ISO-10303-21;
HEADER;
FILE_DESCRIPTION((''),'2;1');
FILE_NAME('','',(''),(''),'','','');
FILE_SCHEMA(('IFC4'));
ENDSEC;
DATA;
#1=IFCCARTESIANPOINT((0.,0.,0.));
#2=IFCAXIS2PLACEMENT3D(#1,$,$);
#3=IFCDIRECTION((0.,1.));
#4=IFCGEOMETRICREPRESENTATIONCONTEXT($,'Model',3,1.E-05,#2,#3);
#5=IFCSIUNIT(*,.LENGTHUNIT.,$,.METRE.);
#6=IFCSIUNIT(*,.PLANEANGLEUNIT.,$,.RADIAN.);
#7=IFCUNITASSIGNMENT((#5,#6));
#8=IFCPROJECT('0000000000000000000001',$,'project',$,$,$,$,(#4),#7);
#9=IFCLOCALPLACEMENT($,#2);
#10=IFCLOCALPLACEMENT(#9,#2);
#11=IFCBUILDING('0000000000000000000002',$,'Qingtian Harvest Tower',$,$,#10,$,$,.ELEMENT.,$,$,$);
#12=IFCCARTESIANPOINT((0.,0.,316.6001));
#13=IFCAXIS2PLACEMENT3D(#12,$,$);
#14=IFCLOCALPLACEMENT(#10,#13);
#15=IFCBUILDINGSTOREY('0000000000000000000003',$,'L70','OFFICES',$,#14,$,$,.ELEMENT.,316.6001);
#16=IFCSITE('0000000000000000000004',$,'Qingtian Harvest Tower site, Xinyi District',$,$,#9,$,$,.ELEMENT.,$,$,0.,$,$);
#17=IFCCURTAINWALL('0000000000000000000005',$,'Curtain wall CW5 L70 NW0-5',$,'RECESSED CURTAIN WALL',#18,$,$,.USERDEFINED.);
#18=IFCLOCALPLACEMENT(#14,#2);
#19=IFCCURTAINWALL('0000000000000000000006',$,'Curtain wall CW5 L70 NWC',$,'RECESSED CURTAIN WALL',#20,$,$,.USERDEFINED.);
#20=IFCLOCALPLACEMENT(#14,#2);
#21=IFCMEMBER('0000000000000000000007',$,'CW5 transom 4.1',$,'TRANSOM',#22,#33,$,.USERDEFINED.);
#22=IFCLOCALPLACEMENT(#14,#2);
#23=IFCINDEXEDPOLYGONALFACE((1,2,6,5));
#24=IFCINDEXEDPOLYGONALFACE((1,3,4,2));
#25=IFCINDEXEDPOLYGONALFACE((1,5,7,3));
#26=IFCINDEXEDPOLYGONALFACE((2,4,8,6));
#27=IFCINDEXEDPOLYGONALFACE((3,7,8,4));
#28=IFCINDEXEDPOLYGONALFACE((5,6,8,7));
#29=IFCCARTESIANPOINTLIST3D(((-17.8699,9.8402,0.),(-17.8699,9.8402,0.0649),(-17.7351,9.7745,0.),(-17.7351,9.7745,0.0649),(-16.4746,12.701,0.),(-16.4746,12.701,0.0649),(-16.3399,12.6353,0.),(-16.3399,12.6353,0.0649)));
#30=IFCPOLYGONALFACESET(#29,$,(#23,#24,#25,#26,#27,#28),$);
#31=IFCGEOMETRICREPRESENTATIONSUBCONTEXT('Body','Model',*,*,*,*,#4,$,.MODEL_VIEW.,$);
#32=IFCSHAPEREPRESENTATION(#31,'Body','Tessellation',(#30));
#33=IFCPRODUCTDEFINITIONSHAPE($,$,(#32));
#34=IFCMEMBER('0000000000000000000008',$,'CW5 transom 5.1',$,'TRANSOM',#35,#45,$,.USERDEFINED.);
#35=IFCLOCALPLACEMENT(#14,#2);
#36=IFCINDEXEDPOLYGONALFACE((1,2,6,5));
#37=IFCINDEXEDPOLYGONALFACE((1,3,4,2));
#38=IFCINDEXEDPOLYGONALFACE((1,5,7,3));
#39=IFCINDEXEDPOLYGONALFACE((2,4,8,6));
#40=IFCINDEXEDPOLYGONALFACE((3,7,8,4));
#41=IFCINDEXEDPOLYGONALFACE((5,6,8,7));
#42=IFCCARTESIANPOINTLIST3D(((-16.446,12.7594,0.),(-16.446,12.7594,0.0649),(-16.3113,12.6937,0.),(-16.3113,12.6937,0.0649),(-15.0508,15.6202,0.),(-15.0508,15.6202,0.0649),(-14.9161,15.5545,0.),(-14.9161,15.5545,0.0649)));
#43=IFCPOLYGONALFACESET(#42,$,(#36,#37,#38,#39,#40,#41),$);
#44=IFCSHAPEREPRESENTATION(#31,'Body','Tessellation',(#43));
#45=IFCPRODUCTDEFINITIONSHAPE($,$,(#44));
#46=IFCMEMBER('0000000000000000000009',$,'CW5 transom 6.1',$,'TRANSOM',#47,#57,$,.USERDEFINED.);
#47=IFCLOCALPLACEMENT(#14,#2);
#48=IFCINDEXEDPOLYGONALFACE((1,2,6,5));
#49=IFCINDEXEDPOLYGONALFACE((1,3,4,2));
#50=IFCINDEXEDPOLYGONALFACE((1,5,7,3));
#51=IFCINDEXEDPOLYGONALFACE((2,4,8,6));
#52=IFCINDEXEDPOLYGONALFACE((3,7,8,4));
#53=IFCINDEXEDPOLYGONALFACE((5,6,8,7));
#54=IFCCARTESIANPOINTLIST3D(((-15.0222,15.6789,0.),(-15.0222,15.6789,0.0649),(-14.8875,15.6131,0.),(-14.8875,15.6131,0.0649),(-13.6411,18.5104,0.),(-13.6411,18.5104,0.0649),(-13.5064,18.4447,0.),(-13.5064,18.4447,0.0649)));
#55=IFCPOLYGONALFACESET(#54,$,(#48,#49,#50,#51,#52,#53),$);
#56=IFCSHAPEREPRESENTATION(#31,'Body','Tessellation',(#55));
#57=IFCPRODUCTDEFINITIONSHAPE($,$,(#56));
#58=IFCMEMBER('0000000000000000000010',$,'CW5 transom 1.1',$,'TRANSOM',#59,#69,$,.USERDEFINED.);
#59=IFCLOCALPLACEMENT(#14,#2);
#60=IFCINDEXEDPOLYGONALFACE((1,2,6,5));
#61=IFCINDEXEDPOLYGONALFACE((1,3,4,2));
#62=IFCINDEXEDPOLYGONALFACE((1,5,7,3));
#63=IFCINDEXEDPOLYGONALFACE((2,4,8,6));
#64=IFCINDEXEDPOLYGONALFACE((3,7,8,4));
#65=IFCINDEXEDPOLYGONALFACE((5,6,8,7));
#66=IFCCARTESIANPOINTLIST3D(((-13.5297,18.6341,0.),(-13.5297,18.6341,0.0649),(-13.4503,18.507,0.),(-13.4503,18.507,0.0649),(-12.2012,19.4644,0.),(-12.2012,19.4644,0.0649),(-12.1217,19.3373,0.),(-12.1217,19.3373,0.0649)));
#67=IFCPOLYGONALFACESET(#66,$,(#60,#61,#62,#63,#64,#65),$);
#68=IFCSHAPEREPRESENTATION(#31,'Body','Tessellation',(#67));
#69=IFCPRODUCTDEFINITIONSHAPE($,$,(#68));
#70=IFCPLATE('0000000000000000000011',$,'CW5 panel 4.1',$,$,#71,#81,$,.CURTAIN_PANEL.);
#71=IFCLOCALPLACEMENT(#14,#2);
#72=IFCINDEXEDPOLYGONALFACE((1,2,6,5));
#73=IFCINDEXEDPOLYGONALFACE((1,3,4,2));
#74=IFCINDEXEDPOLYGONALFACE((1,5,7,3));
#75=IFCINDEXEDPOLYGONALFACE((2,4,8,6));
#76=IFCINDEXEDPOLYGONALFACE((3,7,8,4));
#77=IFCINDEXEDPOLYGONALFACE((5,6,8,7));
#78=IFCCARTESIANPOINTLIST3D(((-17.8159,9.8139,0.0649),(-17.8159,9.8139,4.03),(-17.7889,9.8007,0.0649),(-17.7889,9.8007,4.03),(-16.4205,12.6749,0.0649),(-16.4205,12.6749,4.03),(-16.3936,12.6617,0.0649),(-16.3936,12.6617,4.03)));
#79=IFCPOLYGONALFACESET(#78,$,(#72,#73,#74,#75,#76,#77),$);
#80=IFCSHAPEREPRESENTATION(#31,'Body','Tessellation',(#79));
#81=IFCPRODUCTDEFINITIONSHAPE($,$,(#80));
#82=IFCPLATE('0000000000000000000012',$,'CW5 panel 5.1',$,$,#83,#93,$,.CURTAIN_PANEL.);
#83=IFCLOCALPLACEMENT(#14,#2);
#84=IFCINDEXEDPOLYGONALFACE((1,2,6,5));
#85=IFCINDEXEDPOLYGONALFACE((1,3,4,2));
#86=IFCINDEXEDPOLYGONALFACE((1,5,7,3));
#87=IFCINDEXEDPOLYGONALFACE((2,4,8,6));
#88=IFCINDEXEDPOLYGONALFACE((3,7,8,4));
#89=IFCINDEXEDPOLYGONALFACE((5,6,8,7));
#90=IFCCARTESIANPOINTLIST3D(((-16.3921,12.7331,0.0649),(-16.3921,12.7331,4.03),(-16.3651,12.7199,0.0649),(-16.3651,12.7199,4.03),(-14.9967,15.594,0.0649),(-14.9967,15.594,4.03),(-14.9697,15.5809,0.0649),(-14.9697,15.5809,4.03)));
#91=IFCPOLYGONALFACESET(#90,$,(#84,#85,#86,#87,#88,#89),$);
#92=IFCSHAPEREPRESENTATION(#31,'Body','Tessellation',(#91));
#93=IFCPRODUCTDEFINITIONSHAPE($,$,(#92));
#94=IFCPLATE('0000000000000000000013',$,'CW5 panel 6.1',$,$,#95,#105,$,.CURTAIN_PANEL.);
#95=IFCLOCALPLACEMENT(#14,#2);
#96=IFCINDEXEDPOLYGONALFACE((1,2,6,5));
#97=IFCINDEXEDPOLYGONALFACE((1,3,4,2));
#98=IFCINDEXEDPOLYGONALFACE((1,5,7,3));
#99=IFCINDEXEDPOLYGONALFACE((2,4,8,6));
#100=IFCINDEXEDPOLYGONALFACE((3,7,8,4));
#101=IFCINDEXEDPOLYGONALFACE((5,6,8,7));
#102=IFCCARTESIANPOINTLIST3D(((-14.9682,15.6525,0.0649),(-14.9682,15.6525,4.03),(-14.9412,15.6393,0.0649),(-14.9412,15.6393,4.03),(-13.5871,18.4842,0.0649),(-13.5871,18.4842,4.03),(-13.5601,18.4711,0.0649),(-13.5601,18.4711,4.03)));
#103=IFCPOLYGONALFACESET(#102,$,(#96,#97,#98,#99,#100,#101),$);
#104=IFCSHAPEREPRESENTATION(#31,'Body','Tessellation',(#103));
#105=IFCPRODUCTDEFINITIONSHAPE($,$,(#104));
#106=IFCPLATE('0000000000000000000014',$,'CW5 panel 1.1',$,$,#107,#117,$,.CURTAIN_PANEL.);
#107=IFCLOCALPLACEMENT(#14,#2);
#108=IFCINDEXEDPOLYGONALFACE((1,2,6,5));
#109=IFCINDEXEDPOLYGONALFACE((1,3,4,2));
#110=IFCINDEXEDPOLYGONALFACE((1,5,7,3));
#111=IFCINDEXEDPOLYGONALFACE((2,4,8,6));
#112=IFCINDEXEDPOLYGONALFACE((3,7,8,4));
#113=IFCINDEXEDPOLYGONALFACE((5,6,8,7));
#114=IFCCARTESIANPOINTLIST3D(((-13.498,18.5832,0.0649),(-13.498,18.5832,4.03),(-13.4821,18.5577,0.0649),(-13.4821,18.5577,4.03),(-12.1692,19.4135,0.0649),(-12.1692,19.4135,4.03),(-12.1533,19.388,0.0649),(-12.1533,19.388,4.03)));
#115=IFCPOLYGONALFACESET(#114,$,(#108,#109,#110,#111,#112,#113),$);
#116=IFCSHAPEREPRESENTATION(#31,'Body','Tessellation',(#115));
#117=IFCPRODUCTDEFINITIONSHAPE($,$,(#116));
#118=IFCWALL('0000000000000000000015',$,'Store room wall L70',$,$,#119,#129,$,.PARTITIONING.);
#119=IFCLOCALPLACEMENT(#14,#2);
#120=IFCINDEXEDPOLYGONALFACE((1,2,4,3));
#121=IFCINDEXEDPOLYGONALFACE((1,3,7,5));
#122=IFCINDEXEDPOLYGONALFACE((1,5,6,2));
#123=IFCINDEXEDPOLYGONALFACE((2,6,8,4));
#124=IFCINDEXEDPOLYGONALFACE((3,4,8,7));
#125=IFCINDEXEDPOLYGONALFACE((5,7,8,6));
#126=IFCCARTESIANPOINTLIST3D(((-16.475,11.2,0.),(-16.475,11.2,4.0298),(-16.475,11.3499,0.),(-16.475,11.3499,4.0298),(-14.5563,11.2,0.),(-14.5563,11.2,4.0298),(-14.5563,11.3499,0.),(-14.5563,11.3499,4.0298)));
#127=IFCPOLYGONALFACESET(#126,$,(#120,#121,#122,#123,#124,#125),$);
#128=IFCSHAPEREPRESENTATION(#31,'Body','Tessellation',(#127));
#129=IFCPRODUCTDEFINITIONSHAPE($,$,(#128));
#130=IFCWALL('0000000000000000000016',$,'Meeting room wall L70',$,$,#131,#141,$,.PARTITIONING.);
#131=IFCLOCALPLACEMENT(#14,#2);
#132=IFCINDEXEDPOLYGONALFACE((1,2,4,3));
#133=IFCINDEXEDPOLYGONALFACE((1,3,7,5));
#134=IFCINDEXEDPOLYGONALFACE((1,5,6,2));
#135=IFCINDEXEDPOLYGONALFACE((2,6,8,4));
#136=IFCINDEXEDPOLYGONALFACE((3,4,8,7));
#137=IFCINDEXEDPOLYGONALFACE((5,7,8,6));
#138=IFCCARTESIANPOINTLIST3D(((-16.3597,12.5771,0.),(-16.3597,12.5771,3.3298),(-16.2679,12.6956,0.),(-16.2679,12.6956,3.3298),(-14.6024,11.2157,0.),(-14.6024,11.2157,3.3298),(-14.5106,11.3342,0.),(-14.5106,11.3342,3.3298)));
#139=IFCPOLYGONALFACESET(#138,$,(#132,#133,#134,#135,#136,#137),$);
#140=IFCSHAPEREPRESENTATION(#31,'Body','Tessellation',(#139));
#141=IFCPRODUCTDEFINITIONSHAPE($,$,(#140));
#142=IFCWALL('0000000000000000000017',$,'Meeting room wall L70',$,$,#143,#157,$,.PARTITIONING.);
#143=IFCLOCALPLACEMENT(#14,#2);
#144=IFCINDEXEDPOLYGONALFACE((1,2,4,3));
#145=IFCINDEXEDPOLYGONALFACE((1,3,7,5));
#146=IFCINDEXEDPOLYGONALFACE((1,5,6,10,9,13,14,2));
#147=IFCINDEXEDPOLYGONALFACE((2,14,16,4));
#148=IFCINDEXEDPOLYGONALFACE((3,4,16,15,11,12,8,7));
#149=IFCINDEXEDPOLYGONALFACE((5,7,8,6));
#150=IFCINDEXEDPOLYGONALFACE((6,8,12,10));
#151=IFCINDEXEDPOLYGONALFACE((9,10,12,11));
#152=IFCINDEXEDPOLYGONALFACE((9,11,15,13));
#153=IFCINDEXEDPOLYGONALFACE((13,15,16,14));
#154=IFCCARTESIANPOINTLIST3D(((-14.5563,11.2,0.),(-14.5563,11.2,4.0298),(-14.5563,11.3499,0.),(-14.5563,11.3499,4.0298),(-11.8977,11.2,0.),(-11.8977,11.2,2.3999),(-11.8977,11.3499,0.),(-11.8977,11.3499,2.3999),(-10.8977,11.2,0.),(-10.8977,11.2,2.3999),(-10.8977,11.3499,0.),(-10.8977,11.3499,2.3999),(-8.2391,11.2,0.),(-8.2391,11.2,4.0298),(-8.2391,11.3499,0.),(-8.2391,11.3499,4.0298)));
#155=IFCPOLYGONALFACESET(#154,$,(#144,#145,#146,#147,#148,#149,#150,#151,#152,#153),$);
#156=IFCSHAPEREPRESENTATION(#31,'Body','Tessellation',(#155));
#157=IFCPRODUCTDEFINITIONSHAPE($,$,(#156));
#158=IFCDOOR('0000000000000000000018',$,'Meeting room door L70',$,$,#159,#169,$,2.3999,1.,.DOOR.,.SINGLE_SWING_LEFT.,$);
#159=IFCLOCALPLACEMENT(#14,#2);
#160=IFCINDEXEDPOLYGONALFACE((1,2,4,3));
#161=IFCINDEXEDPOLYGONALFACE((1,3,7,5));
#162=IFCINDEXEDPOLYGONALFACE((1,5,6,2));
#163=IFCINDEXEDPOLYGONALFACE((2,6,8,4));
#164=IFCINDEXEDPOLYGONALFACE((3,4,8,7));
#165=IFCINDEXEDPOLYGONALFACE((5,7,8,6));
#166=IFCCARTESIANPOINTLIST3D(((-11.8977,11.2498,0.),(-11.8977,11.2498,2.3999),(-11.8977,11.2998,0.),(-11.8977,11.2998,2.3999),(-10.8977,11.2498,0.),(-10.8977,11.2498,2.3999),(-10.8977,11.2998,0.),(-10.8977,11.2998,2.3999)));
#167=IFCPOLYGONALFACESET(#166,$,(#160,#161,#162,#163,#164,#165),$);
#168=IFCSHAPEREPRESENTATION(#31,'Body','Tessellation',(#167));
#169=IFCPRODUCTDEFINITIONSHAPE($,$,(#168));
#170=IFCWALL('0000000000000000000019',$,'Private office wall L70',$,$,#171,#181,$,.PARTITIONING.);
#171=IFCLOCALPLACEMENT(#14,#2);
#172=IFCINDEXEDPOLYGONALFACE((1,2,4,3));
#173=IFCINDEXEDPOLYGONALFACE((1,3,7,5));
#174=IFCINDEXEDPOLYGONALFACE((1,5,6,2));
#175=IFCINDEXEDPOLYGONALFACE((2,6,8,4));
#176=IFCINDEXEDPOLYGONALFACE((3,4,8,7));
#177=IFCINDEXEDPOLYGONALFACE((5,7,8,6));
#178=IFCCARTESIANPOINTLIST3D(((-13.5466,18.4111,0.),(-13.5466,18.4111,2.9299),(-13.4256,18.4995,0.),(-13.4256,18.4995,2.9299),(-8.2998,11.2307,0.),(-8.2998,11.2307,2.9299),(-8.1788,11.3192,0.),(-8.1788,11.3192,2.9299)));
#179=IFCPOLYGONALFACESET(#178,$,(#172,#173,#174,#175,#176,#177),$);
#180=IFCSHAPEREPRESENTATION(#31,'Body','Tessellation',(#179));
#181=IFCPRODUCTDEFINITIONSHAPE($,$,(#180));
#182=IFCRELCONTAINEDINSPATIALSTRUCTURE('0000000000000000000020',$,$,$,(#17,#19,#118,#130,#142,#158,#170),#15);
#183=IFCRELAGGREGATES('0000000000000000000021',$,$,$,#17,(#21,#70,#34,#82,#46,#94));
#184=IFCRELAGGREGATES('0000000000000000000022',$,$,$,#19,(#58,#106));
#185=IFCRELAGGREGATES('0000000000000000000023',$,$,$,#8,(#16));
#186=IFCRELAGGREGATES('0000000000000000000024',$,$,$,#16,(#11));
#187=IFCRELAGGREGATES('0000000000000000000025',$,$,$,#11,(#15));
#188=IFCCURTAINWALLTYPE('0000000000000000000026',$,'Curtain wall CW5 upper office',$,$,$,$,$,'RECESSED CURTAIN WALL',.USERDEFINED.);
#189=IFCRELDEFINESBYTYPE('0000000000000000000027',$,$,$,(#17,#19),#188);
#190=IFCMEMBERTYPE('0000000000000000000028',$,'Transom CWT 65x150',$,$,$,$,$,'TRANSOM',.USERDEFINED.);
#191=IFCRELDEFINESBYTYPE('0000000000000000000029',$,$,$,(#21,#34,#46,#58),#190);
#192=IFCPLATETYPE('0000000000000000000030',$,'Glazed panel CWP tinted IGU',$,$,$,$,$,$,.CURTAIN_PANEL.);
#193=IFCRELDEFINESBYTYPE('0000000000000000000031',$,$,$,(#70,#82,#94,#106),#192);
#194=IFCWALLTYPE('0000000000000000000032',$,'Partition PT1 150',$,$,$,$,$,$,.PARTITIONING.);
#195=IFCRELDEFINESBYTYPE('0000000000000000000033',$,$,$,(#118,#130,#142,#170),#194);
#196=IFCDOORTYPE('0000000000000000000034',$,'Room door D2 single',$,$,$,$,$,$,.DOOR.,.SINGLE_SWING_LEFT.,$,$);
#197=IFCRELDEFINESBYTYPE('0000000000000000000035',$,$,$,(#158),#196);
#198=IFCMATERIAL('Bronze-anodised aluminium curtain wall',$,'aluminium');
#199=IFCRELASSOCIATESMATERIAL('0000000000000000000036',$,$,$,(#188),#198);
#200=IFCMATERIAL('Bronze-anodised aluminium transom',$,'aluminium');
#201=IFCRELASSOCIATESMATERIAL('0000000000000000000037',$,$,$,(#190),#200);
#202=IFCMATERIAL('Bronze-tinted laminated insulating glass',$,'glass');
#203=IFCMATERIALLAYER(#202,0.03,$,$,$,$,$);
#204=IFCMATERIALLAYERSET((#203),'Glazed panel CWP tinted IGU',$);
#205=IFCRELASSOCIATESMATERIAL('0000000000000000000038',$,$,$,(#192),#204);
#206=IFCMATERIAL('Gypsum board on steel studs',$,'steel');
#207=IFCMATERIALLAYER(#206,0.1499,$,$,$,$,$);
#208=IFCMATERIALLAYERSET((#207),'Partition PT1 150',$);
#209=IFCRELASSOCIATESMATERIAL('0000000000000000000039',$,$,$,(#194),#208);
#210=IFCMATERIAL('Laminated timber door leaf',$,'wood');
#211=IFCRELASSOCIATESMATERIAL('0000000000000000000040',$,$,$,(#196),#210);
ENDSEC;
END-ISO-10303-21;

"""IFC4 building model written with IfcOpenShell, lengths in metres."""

from ifc_helpers import new_model, si_unit, direction, frame, frame_2d, origin, origin_2d, place, context, subcontext, project, spatial, rectangle, extrude, material, layer, layer_set, material_profile, profile_set, type_object, element, fill, aggregate, save


model = new_model("IFC4")

# Units and contexts
model_context = context("Model", 3, precision=1e-05, world=origin(), true_north=direction((0.0, 1.0)))
body_context = subcontext(model_context, "Body", "Model", "MODEL_VIEW")
ifc_project = project(units=[si_unit("LENGTHUNIT", "METRE"), si_unit("PLANEANGLEUNIT", "RADIAN")], contexts=[model_context])

# Site, building, storey
site_placement = place(None, origin())
site = spatial("IfcSite", under=ifc_project, at=site_placement, Name="Qingtian Harvest Tower site, Xinyi District", CompositionType="ELEMENT", RefElevation=0.0)
building_placement = place(site_placement, origin())
building = spatial("IfcBuilding", under=site, at=building_placement, Name="Qingtian Harvest Tower", CompositionType="ELEMENT")
storey_placement = place(building_placement, frame((0.0, 0.0, 316.6001)))
storey = spatial("IfcBuildingStorey", under=building, at=storey_placement, Name="L70", Description="OFFICES", CompositionType="ELEMENT", Elevation=316.6001)

# Curtain wall
ifc_material_1 = material(Name="Bronze-anodised aluminium curtain wall", Category="aluminium")
curtain_wall_type = type_object("IfcCurtainWallType", Name="Curtain wall CW5 upper office", ElementType="RECESSED CURTAIN WALL", PredefinedType="USERDEFINED", material=ifc_material_1)
curtain_wall_1_placement = place(storey_placement, origin())
curtain_wall_1 = element("IfcCurtainWall", 1, at=curtain_wall_1_placement, inside=storey, type_object=curtain_wall_type, Name="Curtain wall CW5 L70 NW0-5", ObjectType="RECESSED CURTAIN WALL", PredefinedType="USERDEFINED")

# Curtain wall
curtain_wall_2_placement = place(storey_placement, origin())
curtain_wall_2 = element("IfcCurtainWall", 2, at=curtain_wall_2_placement, inside=storey, type_object=curtain_wall_type, Name="Curtain wall CW5 L70 NWC", ObjectType="RECESSED CURTAIN WALL", PredefinedType="USERDEFINED")

# Members
ifc_material_2 = material(Name="Bronze-anodised aluminium transom", Category="aluminium")
ifc_material_profile_1 = material_profile(ifc_material_2, rectangle(XDim=0.1499, YDim=0.0649, at=origin_2d()), Name="AL 65x150")
ifc_profile_set_1 = profile_set([ifc_material_profile_1], Name="Bronze-anodised aluminium transom")
member_type_1 = type_object("IfcMemberType", Name="Transom CWT 65x150", ElementType="TRANSOM", PredefinedType="USERDEFINED", material=ifc_profile_set_1)
member_1_placement = place(storey_placement, frame((-17.8025, 9.8074, 0.0325), z_axis=(0.438356, 0.898802, 0.0), x_axis=(-0.898802, 0.438356, 0.0)))
member_1 = element("IfcMember", 3, at=member_1_placement, type_object=member_type_1, Name="CW5 transom 4.1", ObjectType="TRANSOM", PredefinedType="USERDEFINED", context=body_context, shape_type="SweptSolid", body=[
    extrude(rectangle(XDim=0.1499, YDim=0.0649, at=origin_2d()), origin(), (0.0, 0.0, 1.0), 3.1829),
])
member_2_placement = place(storey_placement, frame((-16.3787, 12.7266, 0.0325), z_axis=(0.438356, 0.898802, 0.0), x_axis=(-0.898802, 0.438356, 0.0)))
member_2 = element("IfcMember", 4, at=member_2_placement, type_object=member_type_1, Name="CW5 transom 5.1", ObjectType="TRANSOM", PredefinedType="USERDEFINED", context=body_context, shape_type="SweptSolid", body=[
    extrude(rectangle(XDim=0.1499, YDim=0.0649, at=origin_2d()), origin(), (0.0, 0.0, 1.0), 3.1829),
])
member_3_placement = place(storey_placement, frame((-14.9548, 15.646, 0.0325), z_axis=(0.438389, 0.898786, 0.0), x_axis=(-0.898786, 0.438389, 0.0)))
member_3 = element("IfcMember", 5, at=member_3_placement, type_object=member_type_1, Name="CW5 transom 6.1", ObjectType="TRANSOM", PredefinedType="USERDEFINED", context=body_context, shape_type="SweptSolid", body=[
    extrude(rectangle(XDim=0.1499, YDim=0.0649, at=origin_2d()), origin(), (0.0, 0.0, 1.0), 3.1504),
])
member_4_placement = place(storey_placement, frame((-13.49, 18.5706, 0.0325), z_axis=(0.848016, 0.529971, 0.0), x_axis=(-0.529971, 0.848016, 0.0)))
member_4 = element("IfcMember", 6, at=member_4_placement, type_object=member_type_1, Name="CW5 transom 1.1", ObjectType="TRANSOM", PredefinedType="USERDEFINED", context=body_context, shape_type="SweptSolid", body=[
    extrude(rectangle(XDim=0.1499, YDim=0.0649, at=origin_2d()), origin(), (0.0, 0.0, 1.0), 1.5667),
])

# Plates
ifc_material_3 = material(Name="Bronze-tinted laminated insulating glass", Category="glass")
ifc_layer_1 = layer(ifc_material_3, 0.03)
ifc_layer_set_1 = layer_set([ifc_layer_1], Name="Glazed panel CWP tinted IGU")
plate_type = type_object("IfcPlateType", Name="Glazed panel CWP tinted IGU", PredefinedType="CURTAIN_PANEL", material=ifc_layer_set_1)
plate_1_placement = place(storey_placement, frame((-17.1047, 11.2378, 0.0649), z_axis=(0.0, 0.0, 1.0), x_axis=(0.438371, 0.898794, 0.0)))
plate_1 = element("IfcPlate", 7, at=plate_1_placement, type_object=plate_type, Name="CW5 panel 4.1", PredefinedType="CURTAIN_PANEL", context=body_context, shape_type="SweptSolid", body=[
    extrude(rectangle(XDim=3.1831, YDim=0.03, at=origin_2d()), origin(), (0.0, 0.0, 1.0), 3.9651),
])
plate_2_placement = place(storey_placement, frame((-15.6809, 14.157, 0.0649), z_axis=(0.0, 0.0, 1.0), x_axis=(0.438371, 0.898794, 0.0)))
plate_2 = element("IfcPlate", 8, at=plate_2_placement, type_object=plate_type, Name="CW5 panel 5.1", PredefinedType="CURTAIN_PANEL", context=body_context, shape_type="SweptSolid", body=[
    extrude(rectangle(XDim=3.1831, YDim=0.03, at=origin_2d()), origin(), (0.0, 0.0, 1.0), 3.9651),
])
plate_3_placement = place(storey_placement, frame((-14.2642, 17.0618, 0.0649), z_axis=(0.0, 0.0, 1.0), x_axis=(0.438371, 0.898794, 0.0)))
plate_3 = element("IfcPlate", 9, at=plate_3_placement, type_object=plate_type, Name="CW5 panel 6.1", PredefinedType="CURTAIN_PANEL", context=body_context, shape_type="SweptSolid", body=[
    extrude(rectangle(XDim=3.1506, YDim=0.03, at=origin_2d()), origin(), (0.0, 0.0, 1.0), 3.9651),
])
aggregate(curtain_wall_1, [member_1, plate_1, member_2, plate_2, member_3, plate_3])
plate_4_placement = place(storey_placement, frame((-12.8257, 18.9856, 0.0649), z_axis=(0.0, 0.0, 1.0), x_axis=(0.848048, 0.529919, 0.0)))
plate_4 = element("IfcPlate", 10, at=plate_4_placement, type_object=plate_type, Name="CW5 panel 1.1", PredefinedType="CURTAIN_PANEL", context=body_context, shape_type="SweptSolid", body=[
    extrude(rectangle(XDim=1.5669, YDim=0.03, at=origin_2d()), origin(), (0.0, 0.0, 1.0), 3.9651),
])
aggregate(curtain_wall_2, [member_4, plate_4])

# Walls
ifc_material_4 = material(Name="Gypsum board on steel studs", Category="steel")
ifc_layer_2 = layer(ifc_material_4, 0.1499)
ifc_layer_set_2 = layer_set([ifc_layer_2], Name="Partition PT1 150")
wall_type = type_object("IfcWallType", Name="Partition PT1 150", PredefinedType="PARTITIONING", material=ifc_layer_set_2)
wall_1_placement = place(storey_placement, frame((-16.4751, 11.2749, 0.0), z_axis=(0.0, 0.0, 1.0), x_axis=(1.0, 0.0, 0.0)))
element("IfcWall", 11, at=wall_1_placement, inside=storey, type_object=wall_type, Name="Store room wall L70", PredefinedType="PARTITIONING", context=body_context, shape_type="SweptSolid", body=[
    extrude(rectangle(XDim=1.9187, YDim=0.1499, at=frame_2d((0.9595, 0.0))), origin(), (0.0, 0.0, 1.0), 4.0298),
])
wall_2_placement = place(storey_placement, frame((-16.3137, 12.6362, 0.0), z_axis=(0.0, 0.0, 1.0), x_axis=(0.790545, -0.612404, 0.0)))
element("IfcWall", 12, at=wall_2_placement, inside=storey, type_object=wall_type, Name="Meeting room wall L70", PredefinedType="PARTITIONING", context=body_context, shape_type="SweptSolid", body=[
    extrude(rectangle(XDim=2.2229, YDim=0.1499, at=frame_2d((1.1113, 0.0))), origin(), (0.0, 0.0, 1.0), 3.3298),
])

# Wall, opening, door
wall_3_placement = place(storey_placement, frame((-14.5564, 11.2749, 0.0), z_axis=(0.0, 0.0, 1.0), x_axis=(1.0, 0.0, 0.0)))
wall_3 = element("IfcWall", 13, at=wall_3_placement, inside=storey, type_object=wall_type, Name="Meeting room wall L70", PredefinedType="PARTITIONING", context=body_context, shape_type="SweptSolid", body=[
    extrude(rectangle(XDim=6.3171, YDim=0.1499, at=frame_2d((3.1587, 0.0))), origin(), (0.0, 0.0, 1.0), 4.0298),
])
opening_placement = place(wall_3_placement, frame((2.6587, 0.0, 0.0)))
opening = element("IfcOpeningElement", 14, at=opening_placement, cuts=wall_3, PredefinedType="OPENING", context=body_context, shape_type="SweptSolid", body=[
    extrude(rectangle(XDim=1.0, YDim=2.3999, at=frame_2d((0.5, 1.2))), frame((0.0, 0.085, 0.0), z_axis=(0.0, -1.0, 0.0), x_axis=(1.0, 0.0, 0.0)), (0.0, 0.0, 1.0), 0.1699),
])
ifc_material_5 = material(Name="Laminated timber door leaf", Category="wood")
door_type = type_object("IfcDoorType", Name="Room door D2 single", OperationType="SINGLE_SWING_LEFT", PredefinedType="DOOR", material=ifc_material_5)
door_placement = place(opening_placement, origin())
door = element("IfcDoor", 15, at=door_placement, inside=storey, type_object=door_type, Name="Meeting room door L70", OperationType="SINGLE_SWING_LEFT", OverallHeight=2.3999, OverallWidth=1.0, PredefinedType="DOOR", context=body_context, shape_type="SweptSolid", body=[
    extrude(rectangle(XDim=1.0, YDim=2.3999, at=frame_2d((0.5, 1.2))), frame((0.0, 0.0249, 0.0), z_axis=(0.0, -1.0, 0.0), x_axis=(1.0, 0.0, 0.0)), (0.0, 0.0, 1.0), 0.05),
])
fill(opening, door)

# Wall
wall_4_placement = place(storey_placement, frame((-13.4861, 18.4553, 0.0), z_axis=(0.0, 0.0, 1.0), x_axis=(0.589987, -0.807413, 0.0)))
element("IfcWall", 16, at=wall_4_placement, inside=storey, type_object=wall_type, Name="Private office wall L70", PredefinedType="PARTITIONING", context=body_context, shape_type="SweptSolid", body=[
    extrude(rectangle(XDim=8.8931, YDim=0.1499, at=frame_2d((4.4465, 0.0))), origin(), (0.0, 0.0, 1.0), 2.9299),
])

save(model, "model.ifc")
